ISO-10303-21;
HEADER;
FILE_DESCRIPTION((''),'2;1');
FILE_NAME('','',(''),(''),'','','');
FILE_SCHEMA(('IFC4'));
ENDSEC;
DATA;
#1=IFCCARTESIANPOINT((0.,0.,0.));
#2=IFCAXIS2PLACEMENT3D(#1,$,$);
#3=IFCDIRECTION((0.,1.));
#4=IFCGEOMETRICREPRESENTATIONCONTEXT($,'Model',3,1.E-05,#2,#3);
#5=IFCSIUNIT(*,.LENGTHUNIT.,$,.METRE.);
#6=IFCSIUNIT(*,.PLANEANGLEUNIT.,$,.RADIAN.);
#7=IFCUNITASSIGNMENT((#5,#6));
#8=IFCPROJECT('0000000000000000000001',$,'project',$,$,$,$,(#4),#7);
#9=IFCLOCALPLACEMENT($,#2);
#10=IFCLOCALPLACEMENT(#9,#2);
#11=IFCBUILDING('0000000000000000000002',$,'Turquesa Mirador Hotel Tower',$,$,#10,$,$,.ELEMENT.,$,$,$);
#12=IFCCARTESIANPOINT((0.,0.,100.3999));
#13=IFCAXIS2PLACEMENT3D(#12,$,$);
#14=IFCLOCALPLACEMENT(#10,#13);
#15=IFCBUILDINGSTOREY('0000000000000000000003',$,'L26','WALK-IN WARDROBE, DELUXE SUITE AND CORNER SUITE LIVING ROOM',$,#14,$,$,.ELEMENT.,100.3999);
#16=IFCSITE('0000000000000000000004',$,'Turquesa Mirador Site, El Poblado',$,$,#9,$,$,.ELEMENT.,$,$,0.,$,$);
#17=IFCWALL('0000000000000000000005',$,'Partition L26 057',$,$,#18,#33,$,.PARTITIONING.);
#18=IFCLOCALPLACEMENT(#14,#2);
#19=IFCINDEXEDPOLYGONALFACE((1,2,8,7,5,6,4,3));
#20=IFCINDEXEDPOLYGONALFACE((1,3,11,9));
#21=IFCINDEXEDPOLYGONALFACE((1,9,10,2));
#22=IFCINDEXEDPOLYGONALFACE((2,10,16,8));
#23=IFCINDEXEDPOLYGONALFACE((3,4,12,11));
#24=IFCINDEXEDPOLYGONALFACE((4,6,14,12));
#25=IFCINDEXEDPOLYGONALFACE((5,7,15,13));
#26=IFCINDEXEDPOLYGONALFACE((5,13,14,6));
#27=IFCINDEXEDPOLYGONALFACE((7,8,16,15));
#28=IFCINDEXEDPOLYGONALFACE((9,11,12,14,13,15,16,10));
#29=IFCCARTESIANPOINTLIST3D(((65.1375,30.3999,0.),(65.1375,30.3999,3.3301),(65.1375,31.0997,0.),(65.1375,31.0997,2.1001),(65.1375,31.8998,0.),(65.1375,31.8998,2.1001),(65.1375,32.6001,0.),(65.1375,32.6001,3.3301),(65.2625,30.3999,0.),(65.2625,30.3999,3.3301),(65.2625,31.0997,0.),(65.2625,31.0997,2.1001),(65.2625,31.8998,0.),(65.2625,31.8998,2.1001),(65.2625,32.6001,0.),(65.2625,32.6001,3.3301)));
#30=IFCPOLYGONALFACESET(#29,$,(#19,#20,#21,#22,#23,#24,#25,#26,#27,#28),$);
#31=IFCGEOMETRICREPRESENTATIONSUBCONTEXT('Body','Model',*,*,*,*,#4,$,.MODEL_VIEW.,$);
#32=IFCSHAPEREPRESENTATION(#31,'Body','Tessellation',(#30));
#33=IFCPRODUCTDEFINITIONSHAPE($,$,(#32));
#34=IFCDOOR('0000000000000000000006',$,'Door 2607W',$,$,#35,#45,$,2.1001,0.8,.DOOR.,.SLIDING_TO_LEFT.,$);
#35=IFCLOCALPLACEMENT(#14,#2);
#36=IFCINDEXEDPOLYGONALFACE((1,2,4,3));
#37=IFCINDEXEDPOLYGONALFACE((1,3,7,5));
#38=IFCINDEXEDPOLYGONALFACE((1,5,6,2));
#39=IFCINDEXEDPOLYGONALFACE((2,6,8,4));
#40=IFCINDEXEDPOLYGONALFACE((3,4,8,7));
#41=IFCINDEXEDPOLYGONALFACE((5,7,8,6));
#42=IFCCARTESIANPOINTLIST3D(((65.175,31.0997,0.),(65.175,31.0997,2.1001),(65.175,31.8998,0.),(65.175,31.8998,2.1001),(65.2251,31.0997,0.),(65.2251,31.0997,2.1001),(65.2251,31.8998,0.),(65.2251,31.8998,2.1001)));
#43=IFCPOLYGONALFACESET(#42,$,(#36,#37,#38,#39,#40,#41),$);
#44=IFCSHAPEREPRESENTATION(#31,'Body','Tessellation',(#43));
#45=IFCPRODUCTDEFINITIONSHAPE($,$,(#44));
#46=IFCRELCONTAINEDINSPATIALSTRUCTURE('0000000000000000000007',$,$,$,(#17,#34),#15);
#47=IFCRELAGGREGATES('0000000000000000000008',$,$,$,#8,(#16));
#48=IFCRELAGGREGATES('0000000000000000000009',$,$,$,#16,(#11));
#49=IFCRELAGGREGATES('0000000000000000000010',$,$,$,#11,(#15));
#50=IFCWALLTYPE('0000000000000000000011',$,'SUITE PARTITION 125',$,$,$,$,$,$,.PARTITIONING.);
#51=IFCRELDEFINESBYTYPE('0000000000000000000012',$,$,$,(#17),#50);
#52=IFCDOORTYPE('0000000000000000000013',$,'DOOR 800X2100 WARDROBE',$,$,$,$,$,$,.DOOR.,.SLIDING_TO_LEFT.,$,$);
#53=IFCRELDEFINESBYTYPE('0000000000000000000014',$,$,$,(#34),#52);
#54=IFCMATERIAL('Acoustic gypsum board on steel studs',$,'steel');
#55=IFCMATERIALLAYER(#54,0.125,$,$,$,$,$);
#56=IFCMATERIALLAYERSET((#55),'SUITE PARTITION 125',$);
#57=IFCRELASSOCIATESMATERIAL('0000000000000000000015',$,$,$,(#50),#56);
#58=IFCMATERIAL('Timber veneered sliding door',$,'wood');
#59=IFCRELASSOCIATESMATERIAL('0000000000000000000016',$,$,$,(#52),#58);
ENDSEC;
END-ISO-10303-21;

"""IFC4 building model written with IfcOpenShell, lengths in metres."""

from ifc_helpers import new_model, si_unit, direction, frame, frame_2d, origin, place, context, subcontext, project, spatial, rectangle, extrude, material, layer, layer_set, type_object, element, fill, save


model = new_model("IFC4")

# Units and contexts
model_context = context("Model", 3, precision=1e-05, world=origin(), true_north=direction((0.0, 1.0)))
body_context = subcontext(model_context, "Body", "Model", "MODEL_VIEW")
ifc_project = project(units=[si_unit("LENGTHUNIT", "METRE"), si_unit("PLANEANGLEUNIT", "RADIAN")], contexts=[model_context])

# Site, building, storey
site_placement = place(None, origin())
site = spatial("IfcSite", under=ifc_project, at=site_placement, Name="Turquesa Mirador Site, El Poblado", CompositionType="ELEMENT", RefElevation=0.0)
building_placement = place(site_placement, origin())
building = spatial("IfcBuilding", under=site, at=building_placement, Name="Turquesa Mirador Hotel Tower", CompositionType="ELEMENT")
storey_placement = place(building_placement, frame((0.0, 0.0, 100.3999)))
storey = spatial("IfcBuildingStorey", under=building, at=storey_placement, Name="L26", Description="WALK-IN WARDROBE, DELUXE SUITE AND CORNER SUITE LIVING ROOM", CompositionType="ELEMENT", Elevation=100.3999)

# Shared definitions
ifc_material_1 = material(Name="Acoustic gypsum board on steel studs", Category="steel")
ifc_layer_1 = layer(ifc_material_1, 0.125)
ifc_layer_set_1 = layer_set([ifc_layer_1], Name="SUITE PARTITION 125")
wall_type_1 = type_object("IfcWallType", Name="SUITE PARTITION 125", PredefinedType="PARTITIONING", material=ifc_layer_set_1)

# Wall, opening, door
wall_1_placement = place(storey_placement, frame((65.2, 30.3999, 0.0), z_axis=(0.0, 0.0, 1.0), x_axis=(0.0, 1.0, 0.0)))
wall_1 = element("IfcWall", 1, at=wall_1_placement, inside=storey, type_object=wall_type_1, Name="Partition L26 057", PredefinedType="PARTITIONING", context=body_context, shape_type="SweptSolid", body=[
    extrude(rectangle(XDim=2.2002, YDim=0.125, at=frame_2d((1.1001, 0.0))), origin(), (0.0, 0.0, 1.0), 3.3301),
])
opening_1_placement = place(wall_1_placement, frame((0.7, 0.0, 0.0)))
opening_1 = element("IfcOpeningElement", 2, at=opening_1_placement, cuts=wall_1, PredefinedType="OPENING", context=body_context, shape_type="SweptSolid", body=[
    extrude(rectangle(XDim=0.8, YDim=2.1001, at=frame_2d((0.3999, 1.05))), frame((0.0, 0.0725, 0.0), z_axis=(0.0, -1.0, 0.0), x_axis=(1.0, 0.0, 0.0)), (0.0, 0.0, 1.0), 0.145),
])
ifc_material_2 = material(Name="Timber veneered sliding door", Category="wood")
door_type_1 = type_object("IfcDoorType", Name="DOOR 800X2100 WARDROBE", OperationType="SLIDING_TO_LEFT", PredefinedType="DOOR", material=ifc_material_2)
door_1_placement = place(opening_1_placement, origin())
door_1 = element("IfcDoor", 3, at=door_1_placement, inside=storey, type_object=door_type_1, Name="Door 2607W", OperationType="SLIDING_TO_LEFT", OverallHeight=2.1001, OverallWidth=0.8, PredefinedType="DOOR", context=body_context, shape_type="SweptSolid", body=[
    extrude(rectangle(XDim=0.8, YDim=2.1001, at=frame_2d((0.3999, 1.05))), frame((0.0, 0.0249, 0.0), z_axis=(0.0, -1.0, 0.0), x_axis=(1.0, 0.0, 0.0)), (0.0, 0.0, 1.0), 0.05),
])
fill(opening_1, door_1)

save(model, "model.ifc")
